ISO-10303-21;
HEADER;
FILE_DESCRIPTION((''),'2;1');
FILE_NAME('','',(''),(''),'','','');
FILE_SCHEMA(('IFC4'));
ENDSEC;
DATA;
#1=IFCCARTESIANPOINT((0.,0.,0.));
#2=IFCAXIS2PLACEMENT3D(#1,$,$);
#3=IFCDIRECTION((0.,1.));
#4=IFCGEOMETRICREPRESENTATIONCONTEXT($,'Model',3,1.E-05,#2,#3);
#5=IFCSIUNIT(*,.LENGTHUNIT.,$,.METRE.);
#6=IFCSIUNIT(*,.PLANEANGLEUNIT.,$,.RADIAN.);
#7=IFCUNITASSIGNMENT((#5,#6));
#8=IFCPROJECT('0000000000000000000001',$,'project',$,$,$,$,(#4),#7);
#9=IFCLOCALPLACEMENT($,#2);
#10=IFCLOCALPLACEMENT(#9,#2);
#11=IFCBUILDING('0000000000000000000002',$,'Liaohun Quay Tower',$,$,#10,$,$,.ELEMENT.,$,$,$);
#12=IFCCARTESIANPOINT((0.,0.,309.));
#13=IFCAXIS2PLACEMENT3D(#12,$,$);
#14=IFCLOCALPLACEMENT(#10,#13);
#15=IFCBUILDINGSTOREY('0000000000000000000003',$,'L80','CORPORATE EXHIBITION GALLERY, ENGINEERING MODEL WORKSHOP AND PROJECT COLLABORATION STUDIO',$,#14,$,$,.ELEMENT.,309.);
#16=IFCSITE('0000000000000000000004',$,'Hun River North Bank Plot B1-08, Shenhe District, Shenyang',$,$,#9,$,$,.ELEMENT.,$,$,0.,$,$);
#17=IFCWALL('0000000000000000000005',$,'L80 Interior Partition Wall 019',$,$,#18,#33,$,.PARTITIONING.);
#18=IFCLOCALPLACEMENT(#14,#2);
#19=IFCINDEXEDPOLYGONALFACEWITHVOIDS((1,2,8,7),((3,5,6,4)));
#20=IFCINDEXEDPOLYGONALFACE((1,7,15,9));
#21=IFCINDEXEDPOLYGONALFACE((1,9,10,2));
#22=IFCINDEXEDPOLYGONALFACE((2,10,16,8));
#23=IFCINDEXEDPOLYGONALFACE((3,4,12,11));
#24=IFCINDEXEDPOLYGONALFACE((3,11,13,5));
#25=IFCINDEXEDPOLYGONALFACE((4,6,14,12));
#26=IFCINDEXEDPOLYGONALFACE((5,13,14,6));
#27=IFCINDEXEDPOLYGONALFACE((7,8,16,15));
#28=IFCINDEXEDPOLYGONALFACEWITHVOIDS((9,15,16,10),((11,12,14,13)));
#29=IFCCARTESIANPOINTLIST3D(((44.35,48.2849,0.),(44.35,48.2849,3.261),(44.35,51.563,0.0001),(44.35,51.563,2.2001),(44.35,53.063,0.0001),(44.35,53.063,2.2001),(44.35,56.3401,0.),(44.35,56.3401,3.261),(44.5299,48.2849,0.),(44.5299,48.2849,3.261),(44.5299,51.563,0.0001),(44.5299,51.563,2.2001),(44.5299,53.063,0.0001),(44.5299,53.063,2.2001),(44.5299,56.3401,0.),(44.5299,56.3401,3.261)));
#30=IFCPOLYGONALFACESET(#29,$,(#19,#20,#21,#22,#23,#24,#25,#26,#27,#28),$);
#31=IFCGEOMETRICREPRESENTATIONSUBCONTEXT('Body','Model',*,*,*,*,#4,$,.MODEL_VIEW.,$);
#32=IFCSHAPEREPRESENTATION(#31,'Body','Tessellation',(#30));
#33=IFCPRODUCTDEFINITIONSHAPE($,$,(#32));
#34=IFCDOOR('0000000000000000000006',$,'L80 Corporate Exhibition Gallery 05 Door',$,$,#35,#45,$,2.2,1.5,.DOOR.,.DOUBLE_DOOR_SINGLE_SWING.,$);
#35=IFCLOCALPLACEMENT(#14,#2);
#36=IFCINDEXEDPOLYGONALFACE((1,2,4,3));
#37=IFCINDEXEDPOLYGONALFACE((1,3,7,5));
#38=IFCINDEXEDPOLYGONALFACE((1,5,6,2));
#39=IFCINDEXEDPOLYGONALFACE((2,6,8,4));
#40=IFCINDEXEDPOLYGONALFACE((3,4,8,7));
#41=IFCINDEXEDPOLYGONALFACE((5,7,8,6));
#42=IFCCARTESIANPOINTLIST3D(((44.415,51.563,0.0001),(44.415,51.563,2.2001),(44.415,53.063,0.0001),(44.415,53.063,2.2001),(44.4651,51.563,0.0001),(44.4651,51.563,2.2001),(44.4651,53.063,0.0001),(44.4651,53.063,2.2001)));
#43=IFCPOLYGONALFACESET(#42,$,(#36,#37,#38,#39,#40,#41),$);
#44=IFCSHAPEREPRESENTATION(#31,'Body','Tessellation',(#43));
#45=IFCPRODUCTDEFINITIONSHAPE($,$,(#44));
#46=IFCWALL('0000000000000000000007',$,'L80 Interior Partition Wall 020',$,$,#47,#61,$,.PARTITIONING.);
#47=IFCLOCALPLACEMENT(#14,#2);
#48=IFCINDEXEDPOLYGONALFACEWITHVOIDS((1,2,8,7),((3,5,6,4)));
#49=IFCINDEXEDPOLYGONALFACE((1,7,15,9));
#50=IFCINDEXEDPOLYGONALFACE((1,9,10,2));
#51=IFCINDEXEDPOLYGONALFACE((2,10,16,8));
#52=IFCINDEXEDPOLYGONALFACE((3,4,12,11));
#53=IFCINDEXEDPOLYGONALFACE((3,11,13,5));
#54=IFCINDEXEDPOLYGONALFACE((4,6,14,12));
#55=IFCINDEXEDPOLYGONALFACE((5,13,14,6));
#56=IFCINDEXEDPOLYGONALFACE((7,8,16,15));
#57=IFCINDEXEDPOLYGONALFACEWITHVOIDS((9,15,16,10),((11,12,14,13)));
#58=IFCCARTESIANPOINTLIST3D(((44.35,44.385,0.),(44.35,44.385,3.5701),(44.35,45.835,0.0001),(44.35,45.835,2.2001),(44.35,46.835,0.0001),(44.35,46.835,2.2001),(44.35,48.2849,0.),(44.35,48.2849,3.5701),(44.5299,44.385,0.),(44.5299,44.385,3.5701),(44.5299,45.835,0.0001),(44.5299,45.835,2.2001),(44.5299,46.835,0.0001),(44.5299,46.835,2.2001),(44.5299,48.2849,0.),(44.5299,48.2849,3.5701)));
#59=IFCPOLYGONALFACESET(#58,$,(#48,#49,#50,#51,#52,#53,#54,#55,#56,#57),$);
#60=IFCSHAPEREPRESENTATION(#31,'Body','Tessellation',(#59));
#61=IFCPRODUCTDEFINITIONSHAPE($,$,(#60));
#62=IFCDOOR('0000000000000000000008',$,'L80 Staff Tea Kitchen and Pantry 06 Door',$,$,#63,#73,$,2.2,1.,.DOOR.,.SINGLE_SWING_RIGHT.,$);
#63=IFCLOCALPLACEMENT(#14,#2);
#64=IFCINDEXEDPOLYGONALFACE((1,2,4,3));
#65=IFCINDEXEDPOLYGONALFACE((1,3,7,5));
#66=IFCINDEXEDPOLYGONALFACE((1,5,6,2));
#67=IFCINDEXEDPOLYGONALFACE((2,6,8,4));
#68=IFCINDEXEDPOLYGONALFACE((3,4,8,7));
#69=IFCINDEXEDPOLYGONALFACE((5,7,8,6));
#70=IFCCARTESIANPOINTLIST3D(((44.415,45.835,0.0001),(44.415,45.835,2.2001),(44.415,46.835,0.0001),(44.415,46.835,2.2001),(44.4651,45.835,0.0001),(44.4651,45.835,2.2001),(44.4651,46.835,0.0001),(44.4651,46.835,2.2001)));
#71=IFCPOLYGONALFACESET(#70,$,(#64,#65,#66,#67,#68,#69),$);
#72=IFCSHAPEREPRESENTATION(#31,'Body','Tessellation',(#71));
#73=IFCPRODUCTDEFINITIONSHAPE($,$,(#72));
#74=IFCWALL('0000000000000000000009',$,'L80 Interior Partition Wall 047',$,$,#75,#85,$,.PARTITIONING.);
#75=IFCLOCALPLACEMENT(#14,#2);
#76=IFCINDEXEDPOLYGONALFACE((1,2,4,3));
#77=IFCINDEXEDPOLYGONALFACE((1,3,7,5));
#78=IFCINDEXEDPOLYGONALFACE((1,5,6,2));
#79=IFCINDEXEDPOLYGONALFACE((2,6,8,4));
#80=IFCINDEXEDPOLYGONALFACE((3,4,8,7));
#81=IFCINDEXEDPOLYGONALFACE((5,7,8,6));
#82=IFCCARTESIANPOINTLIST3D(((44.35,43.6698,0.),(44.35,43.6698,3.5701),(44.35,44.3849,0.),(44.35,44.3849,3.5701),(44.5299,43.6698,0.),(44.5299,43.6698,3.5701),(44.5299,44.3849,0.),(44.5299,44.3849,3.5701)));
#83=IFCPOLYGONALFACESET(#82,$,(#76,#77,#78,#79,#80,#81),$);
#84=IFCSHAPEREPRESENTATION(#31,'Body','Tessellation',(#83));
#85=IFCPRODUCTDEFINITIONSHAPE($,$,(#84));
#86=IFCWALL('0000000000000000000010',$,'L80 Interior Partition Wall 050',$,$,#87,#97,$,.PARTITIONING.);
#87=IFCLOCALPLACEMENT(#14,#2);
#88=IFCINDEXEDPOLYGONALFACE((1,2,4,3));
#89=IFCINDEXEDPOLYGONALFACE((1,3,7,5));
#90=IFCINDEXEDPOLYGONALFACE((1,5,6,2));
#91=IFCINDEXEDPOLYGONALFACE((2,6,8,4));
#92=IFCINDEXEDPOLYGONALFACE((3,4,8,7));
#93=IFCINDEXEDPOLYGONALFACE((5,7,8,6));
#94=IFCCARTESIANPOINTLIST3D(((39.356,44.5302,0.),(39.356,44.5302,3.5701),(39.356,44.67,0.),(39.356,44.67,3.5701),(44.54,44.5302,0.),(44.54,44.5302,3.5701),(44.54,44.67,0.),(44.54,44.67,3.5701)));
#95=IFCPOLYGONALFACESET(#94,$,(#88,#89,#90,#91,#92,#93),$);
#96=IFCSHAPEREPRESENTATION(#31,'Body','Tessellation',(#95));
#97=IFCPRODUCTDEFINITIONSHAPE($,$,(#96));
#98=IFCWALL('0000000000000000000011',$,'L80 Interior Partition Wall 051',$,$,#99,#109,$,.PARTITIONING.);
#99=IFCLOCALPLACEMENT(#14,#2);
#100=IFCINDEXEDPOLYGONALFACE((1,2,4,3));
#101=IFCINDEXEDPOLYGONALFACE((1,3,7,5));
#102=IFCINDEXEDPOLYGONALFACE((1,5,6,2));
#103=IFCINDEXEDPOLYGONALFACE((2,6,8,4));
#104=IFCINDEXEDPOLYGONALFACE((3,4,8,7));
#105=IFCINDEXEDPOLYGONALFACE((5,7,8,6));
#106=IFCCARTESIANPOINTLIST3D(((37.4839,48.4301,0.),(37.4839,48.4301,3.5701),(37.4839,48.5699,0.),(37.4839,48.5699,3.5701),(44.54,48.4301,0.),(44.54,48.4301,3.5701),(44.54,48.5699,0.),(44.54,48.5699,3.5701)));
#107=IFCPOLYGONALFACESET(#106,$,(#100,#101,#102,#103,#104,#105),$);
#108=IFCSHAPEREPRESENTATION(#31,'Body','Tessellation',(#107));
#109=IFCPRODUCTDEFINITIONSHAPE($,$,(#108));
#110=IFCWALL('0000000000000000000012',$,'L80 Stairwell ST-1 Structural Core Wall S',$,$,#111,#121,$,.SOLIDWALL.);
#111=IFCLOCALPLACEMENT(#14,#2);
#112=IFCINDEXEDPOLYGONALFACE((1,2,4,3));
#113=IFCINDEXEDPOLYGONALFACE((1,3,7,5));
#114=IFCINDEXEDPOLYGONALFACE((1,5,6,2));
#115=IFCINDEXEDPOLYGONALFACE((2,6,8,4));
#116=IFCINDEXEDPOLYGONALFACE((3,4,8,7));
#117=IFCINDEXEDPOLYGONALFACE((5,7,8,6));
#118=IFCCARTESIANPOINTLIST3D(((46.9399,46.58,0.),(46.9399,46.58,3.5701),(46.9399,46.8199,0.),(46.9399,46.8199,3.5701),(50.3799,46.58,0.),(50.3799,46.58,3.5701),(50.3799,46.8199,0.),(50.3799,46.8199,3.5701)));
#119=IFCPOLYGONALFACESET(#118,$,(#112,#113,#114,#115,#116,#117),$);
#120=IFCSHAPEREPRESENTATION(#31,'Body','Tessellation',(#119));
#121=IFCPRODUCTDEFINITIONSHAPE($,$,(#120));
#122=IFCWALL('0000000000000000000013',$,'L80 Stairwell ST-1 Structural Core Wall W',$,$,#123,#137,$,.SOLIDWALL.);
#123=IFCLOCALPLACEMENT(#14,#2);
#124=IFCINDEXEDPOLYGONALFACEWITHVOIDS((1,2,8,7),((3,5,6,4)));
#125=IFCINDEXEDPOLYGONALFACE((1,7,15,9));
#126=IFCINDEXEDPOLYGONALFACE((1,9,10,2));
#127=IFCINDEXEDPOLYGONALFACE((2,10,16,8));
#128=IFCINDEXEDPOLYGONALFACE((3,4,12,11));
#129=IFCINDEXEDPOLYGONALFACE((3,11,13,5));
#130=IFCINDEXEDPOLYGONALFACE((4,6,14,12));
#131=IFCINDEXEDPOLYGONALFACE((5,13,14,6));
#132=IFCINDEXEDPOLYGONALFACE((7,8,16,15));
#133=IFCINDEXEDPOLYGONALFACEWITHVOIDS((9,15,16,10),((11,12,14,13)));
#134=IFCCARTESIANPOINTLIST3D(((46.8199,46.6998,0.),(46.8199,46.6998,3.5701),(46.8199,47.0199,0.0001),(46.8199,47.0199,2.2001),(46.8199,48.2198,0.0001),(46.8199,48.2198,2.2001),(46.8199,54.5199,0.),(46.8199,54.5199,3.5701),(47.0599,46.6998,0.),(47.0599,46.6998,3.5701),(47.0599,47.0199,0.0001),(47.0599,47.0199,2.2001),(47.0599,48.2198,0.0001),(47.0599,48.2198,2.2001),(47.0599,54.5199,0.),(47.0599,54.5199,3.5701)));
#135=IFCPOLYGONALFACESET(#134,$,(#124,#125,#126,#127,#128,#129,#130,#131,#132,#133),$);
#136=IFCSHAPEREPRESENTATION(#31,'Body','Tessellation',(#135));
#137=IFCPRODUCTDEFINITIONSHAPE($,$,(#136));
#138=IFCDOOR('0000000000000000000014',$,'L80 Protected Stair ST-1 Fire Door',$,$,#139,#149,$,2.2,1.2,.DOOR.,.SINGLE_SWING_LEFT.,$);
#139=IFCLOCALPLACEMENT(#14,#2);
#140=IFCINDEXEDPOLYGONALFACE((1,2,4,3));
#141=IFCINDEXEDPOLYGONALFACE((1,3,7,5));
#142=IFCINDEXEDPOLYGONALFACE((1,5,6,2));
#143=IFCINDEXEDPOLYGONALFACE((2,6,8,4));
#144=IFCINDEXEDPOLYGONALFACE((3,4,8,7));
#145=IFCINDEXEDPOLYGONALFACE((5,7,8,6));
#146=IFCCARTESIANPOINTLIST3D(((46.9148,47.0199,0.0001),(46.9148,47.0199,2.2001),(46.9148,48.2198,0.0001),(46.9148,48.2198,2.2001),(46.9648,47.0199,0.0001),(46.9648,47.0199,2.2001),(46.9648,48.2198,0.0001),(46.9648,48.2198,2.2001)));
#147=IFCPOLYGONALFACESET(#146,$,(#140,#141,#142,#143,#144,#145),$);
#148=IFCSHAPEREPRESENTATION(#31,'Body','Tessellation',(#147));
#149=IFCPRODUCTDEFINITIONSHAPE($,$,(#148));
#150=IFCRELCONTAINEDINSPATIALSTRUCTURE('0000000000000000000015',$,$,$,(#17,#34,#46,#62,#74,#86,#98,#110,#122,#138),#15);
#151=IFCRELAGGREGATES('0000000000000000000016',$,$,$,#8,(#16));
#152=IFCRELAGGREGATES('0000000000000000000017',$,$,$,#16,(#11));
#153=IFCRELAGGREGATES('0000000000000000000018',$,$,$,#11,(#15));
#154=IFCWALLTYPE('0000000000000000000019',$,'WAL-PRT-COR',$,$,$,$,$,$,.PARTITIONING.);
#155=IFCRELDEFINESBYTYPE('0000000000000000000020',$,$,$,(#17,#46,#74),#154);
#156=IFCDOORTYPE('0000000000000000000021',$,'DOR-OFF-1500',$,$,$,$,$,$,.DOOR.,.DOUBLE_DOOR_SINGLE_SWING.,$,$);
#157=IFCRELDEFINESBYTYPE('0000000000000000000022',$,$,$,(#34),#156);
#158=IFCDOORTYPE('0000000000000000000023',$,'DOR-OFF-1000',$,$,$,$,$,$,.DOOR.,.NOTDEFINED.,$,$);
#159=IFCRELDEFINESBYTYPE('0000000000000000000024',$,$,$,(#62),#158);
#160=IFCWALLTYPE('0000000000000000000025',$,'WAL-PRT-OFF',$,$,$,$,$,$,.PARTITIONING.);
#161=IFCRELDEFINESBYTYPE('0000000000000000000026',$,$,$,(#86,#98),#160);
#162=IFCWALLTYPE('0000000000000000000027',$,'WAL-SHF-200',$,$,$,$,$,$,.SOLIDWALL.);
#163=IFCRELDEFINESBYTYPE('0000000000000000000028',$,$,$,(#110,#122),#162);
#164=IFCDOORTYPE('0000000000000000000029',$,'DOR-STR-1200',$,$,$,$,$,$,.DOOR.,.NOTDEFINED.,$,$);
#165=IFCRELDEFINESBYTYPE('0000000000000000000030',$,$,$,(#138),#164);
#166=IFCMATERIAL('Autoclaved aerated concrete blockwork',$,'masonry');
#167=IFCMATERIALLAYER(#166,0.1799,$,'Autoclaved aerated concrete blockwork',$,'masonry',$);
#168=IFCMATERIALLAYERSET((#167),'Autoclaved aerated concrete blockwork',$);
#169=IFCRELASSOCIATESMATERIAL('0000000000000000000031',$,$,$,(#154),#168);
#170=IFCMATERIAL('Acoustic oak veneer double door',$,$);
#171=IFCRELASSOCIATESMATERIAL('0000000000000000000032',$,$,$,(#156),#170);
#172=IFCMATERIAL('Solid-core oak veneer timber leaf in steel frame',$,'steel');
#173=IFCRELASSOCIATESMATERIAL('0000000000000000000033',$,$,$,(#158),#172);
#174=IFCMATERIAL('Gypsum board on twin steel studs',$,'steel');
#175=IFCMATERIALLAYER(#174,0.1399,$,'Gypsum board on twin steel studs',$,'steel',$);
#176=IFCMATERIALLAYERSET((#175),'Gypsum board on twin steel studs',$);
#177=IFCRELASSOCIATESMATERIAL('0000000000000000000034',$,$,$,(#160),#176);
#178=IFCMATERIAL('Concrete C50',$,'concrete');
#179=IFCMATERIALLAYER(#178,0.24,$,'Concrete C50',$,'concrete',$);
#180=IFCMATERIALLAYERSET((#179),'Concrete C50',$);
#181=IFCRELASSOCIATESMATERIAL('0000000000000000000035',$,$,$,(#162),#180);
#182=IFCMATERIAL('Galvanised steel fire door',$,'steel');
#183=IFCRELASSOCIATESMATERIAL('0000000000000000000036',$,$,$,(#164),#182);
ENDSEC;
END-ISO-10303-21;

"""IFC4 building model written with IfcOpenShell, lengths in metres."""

from ifc_helpers import new_model, si_unit, direction, frame, frame_2d, origin, place, context, subcontext, project, spatial, rectangle, extrude, source, transform, mapped, material, layer, layer_set, type_object, element, fill, save


model = new_model("IFC4")

# Units and contexts
model_context = context("Model", 3, precision=1e-05, world=origin(), true_north=direction((0.0, 1.0)))
body_context = subcontext(model_context, "Body", "Model", "MODEL_VIEW")
ifc_project = project(units=[si_unit("LENGTHUNIT", "METRE"), si_unit("PLANEANGLEUNIT", "RADIAN")], contexts=[model_context])

# Site, building, storey
site_placement = place(None, origin())
site = spatial("IfcSite", under=ifc_project, at=site_placement, Name="Hun River North Bank Plot B1-08, Shenhe District, Shenyang", CompositionType="ELEMENT", RefElevation=0.0)
building_placement = place(site_placement, origin())
building = spatial("IfcBuilding", under=site, at=building_placement, Name="Liaohun Quay Tower", CompositionType="ELEMENT")
storey_placement = place(building_placement, frame((0.0, 0.0, 309.0)))
storey = spatial("IfcBuildingStorey", under=building, at=storey_placement, Name="L80", Description="CORPORATE EXHIBITION GALLERY, ENGINEERING MODEL WORKSHOP AND PROJECT COLLABORATION STUDIO", CompositionType="ELEMENT", Elevation=309.0)

# Shared definitions
ifc_material_1 = material(Name="Concrete C50", Category="concrete")

# Walls, openings, doors
ifc_material_2 = material(Name="Autoclaved aerated concrete blockwork", Category="masonry")
ifc_layer_1 = layer(ifc_material_2, 0.1799, Name="Autoclaved aerated concrete blockwork", Category="masonry")
ifc_layer_set_1 = layer_set([ifc_layer_1], Name="Autoclaved aerated concrete blockwork")
wall_type_1 = type_object("IfcWallType", Name="WAL-PRT-COR", PredefinedType="PARTITIONING", material=ifc_layer_set_1)
wall_1_placement = place(storey_placement, frame((44.4399, 48.2849, 0.0), z_axis=(0.0, 0.0, 1.0), x_axis=(0.0, 1.0, 0.0)))
wall_1 = element("IfcWall", 1, at=wall_1_placement, inside=storey, type_object=wall_type_1, Name="L80 Interior Partition Wall 019", PredefinedType="PARTITIONING", context=body_context, shape_type="SweptSolid", body=[
    extrude(rectangle(XDim=8.0552, YDim=0.1799, at=frame_2d((4.0276, 0.0))), origin(), (0.0, 0.0, 1.0), 3.261),
])
shared_shape_1 = source(origin(), body_context, "Body", "SweptSolid", [
    extrude(rectangle(XDim=1.5, YDim=2.2, at=frame_2d((0.75, 1.1001))), frame((0.0, 0.0999, 0.0), z_axis=(0.0, -1.0, 0.0), x_axis=(1.0, 0.0, 0.0)), (0.0, 0.0, 1.0), 0.2),
])
opening_1_placement = place(wall_1_placement, frame((3.2781, 0.0, 0.0)))
opening_1 = element("IfcOpeningElement", 2, at=opening_1_placement, cuts=wall_1, PredefinedType="OPENING", context=body_context, shape_type="MappedRepresentation", body=[
    mapped(shared_shape_1, transform((0.0, 0.0, 0.0), x_axis=(1.0, 0.0, 0.0), y_axis=(0.0, 1.0, 0.0), z_axis=(0.0, 0.0, 1.0), scale=1.0)),
])
ifc_material_3 = material(Name="Acoustic oak veneer double door")
door_type_1 = type_object("IfcDoorType", Name="DOR-OFF-1500", OperationType="DOUBLE_DOOR_SINGLE_SWING", PredefinedType="DOOR", material=ifc_material_3)
shared_shape_2 = source(origin(), body_context, "Body", "SweptSolid", [
    extrude(rectangle(XDim=1.5, YDim=2.2, at=frame_2d((0.75, 1.1001))), frame((0.0, 0.0249, 0.0), z_axis=(0.0, -1.0, 0.0), x_axis=(1.0, 0.0, 0.0)), (0.0, 0.0, 1.0), 0.05),
])
door_1_placement = place(opening_1_placement, origin())
door_1 = element("IfcDoor", 3, at=door_1_placement, inside=storey, type_object=door_type_1, Name="L80 Corporate Exhibition Gallery 05 Door", OperationType="DOUBLE_DOOR_SINGLE_SWING", OverallHeight=2.2, OverallWidth=1.5, PredefinedType="DOOR", context=body_context, shape_type="MappedRepresentation", body=[
    mapped(shared_shape_2, transform((0.0, 0.0, 0.0), x_axis=(1.0, 0.0, 0.0), y_axis=(0.0, 1.0, 0.0), z_axis=(0.0, 0.0, 1.0), scale=1.0)),
])
fill(opening_1, door_1)
wall_2_placement = place(storey_placement, frame((44.4399, 44.385, 0.0), z_axis=(0.0, 0.0, 1.0), x_axis=(0.0, 1.0, 0.0)))
wall_2 = element("IfcWall", 4, at=wall_2_placement, inside=storey, type_object=wall_type_1, Name="L80 Interior Partition Wall 020", PredefinedType="PARTITIONING", context=body_context, shape_type="SweptSolid", body=[
    extrude(rectangle(XDim=3.8999, YDim=0.1799, at=frame_2d((1.95, 0.0))), origin(), (0.0, 0.0, 1.0), 3.5701),
])
shared_shape_3 = source(origin(), body_context, "Body", "SweptSolid", [
    extrude(rectangle(XDim=1.0, YDim=2.2, at=frame_2d((0.5, 1.1001))), frame((0.0, 0.0999, 0.0), z_axis=(0.0, -1.0, 0.0), x_axis=(1.0, 0.0, 0.0)), (0.0, 0.0, 1.0), 0.2),
])
opening_2_placement = place(wall_2_placement, frame((1.45, 0.0, 0.0)))
opening_2 = element("IfcOpeningElement", 5, at=opening_2_placement, cuts=wall_2, PredefinedType="OPENING", context=body_context, shape_type="MappedRepresentation", body=[
    mapped(shared_shape_3, transform((0.0, 0.0, 0.0), x_axis=(1.0, 0.0, 0.0), y_axis=(0.0, 1.0, 0.0), z_axis=(0.0, 0.0, 1.0), scale=1.0)),
])
ifc_material_4 = material(Name="Solid-core oak veneer timber leaf in steel frame", Category="steel")
door_type_2 = type_object("IfcDoorType", Name="DOR-OFF-1000", OperationType="NOTDEFINED", PredefinedType="DOOR", material=ifc_material_4)
shared_shape_4 = source(origin(), body_context, "Body", "SweptSolid", [
    extrude(rectangle(XDim=1.0, YDim=2.2, at=frame_2d((0.5, 1.1001))), frame((0.0, 0.0249, 0.0), z_axis=(0.0, -1.0, 0.0), x_axis=(1.0, 0.0, 0.0)), (0.0, 0.0, 1.0), 0.05),
])
door_2_placement = place(opening_2_placement, origin())
door_2 = element("IfcDoor", 6, at=door_2_placement, inside=storey, type_object=door_type_2, Name="L80 Staff Tea Kitchen and Pantry 06 Door", OperationType="SINGLE_SWING_RIGHT", OverallHeight=2.2, OverallWidth=1.0, PredefinedType="DOOR", context=body_context, shape_type="MappedRepresentation", body=[
    mapped(shared_shape_4, transform((0.0, 0.0, 0.0), x_axis=(1.0, 0.0, 0.0), y_axis=(0.0, 1.0, 0.0), z_axis=(0.0, 0.0, 1.0), scale=1.0)),
])
fill(opening_2, door_2)

# Walls
wall_3_placement = place(storey_placement, frame((44.4399, 43.6699, 0.0), z_axis=(0.0, 0.0, 1.0), x_axis=(0.0, 1.0, 0.0)))
element("IfcWall", 7, at=wall_3_placement, inside=storey, type_object=wall_type_1, Name="L80 Interior Partition Wall 047", PredefinedType="PARTITIONING", context=body_context, shape_type="SweptSolid", body=[
    extrude(rectangle(XDim=0.7151, YDim=0.1799, at=frame_2d((0.3574, 0.0))), origin(), (0.0, 0.0, 1.0), 3.5701),
])
ifc_material_5 = material(Name="Gypsum board on twin steel studs", Category="steel")
ifc_layer_2 = layer(ifc_material_5, 0.1399, Name="Gypsum board on twin steel studs", Category="steel")
ifc_layer_set_2 = layer_set([ifc_layer_2], Name="Gypsum board on twin steel studs")
wall_type_2 = type_object("IfcWallType", Name="WAL-PRT-OFF", PredefinedType="PARTITIONING", material=ifc_layer_set_2)
wall_4_placement = place(storey_placement, frame((44.54, 44.6001, 0.0), z_axis=(0.0, 0.0, 1.0), x_axis=(-1.0, 0.0, 0.0)))
element("IfcWall", 8, at=wall_4_placement, inside=storey, type_object=wall_type_2, Name="L80 Interior Partition Wall 050", PredefinedType="PARTITIONING", context=body_context, shape_type="SweptSolid", body=[
    extrude(rectangle(XDim=5.1841, YDim=0.1399, at=frame_2d((2.592, 0.0))), origin(), (0.0, 0.0, 1.0), 3.5701),
])
wall_5_placement = place(storey_placement, frame((44.54, 48.5, 0.0), z_axis=(0.0, 0.0, 1.0), x_axis=(-1.0, 0.0, 0.0)))
element("IfcWall", 9, at=wall_5_placement, inside=storey, type_object=wall_type_2, Name="L80 Interior Partition Wall 051", PredefinedType="PARTITIONING", context=body_context, shape_type="SweptSolid", body=[
    extrude(rectangle(XDim=7.0562, YDim=0.1399, at=frame_2d((3.5281, 0.0))), origin(), (0.0, 0.0, 1.0), 3.5701),
])
ifc_layer_3 = layer(ifc_material_1, 0.24, Name="Concrete C50", Category="concrete")
ifc_layer_set_3 = layer_set([ifc_layer_3], Name="Concrete C50")
wall_type_3 = type_object("IfcWallType", Name="WAL-SHF-200", PredefinedType="SOLIDWALL", material=ifc_layer_set_3)
wall_6_placement = place(storey_placement, frame((46.9399, 46.7, 0.0), z_axis=(0.0, 0.0, 1.0), x_axis=(1.0, 0.0, 0.0)))
element("IfcWall", 10, at=wall_6_placement, inside=storey, type_object=wall_type_3, Name="L80 Stairwell ST-1 Structural Core Wall S", PredefinedType="SOLIDWALL", context=body_context, shape_type="SweptSolid", body=[
    extrude(rectangle(XDim=3.4399, YDim=0.24, at=frame_2d((1.72, 0.0))), origin(), (0.0, 0.0, 1.0), 3.5701),
])

# Wall, opening, door
wall_7_placement = place(storey_placement, frame((46.9399, 54.52, 0.0), z_axis=(0.0, 0.0, 1.0), x_axis=(0.0, -1.0, 0.0)))
wall_7 = element("IfcWall", 11, at=wall_7_placement, inside=storey, type_object=wall_type_3, Name="L80 Stairwell ST-1 Structural Core Wall W", PredefinedType="SOLIDWALL", context=body_context, shape_type="SweptSolid", body=[
    extrude(rectangle(XDim=7.8201, YDim=0.24, at=frame_2d((3.9102, 0.0))), origin(), (0.0, 0.0, 1.0), 3.5701),
])
shared_shape_5 = source(origin(), body_context, "Body", "SweptSolid", [
    extrude(rectangle(XDim=1.2, YDim=2.2, at=frame_2d((0.6001, 1.1001))), frame((0.0, 0.1299, 0.0), z_axis=(0.0, -1.0, 0.0), x_axis=(1.0, 0.0, 0.0)), (0.0, 0.0, 1.0), 0.26),
])
opening_3_placement = place(wall_7_placement, frame((6.3, 0.0, 0.0)))
opening_3 = element("IfcOpeningElement", 12, at=opening_3_placement, cuts=wall_7, PredefinedType="OPENING", context=body_context, shape_type="MappedRepresentation", body=[
    mapped(shared_shape_5, transform((0.0, 0.0, 0.0), x_axis=(1.0, 0.0, 0.0), y_axis=(0.0, 1.0, 0.0), z_axis=(0.0, 0.0, 1.0), scale=1.0)),
])
ifc_material_6 = material(Name="Galvanised steel fire door", Category="steel")
door_type_3 = type_object("IfcDoorType", Name="DOR-STR-1200", OperationType="NOTDEFINED", PredefinedType="DOOR", material=ifc_material_6)
shared_shape_6 = source(origin(), body_context, "Body", "SweptSolid", [
    extrude(rectangle(XDim=1.2, YDim=2.2, at=frame_2d((0.6001, 1.1001))), frame((0.0, 0.0249, 0.0), z_axis=(0.0, -1.0, 0.0), x_axis=(1.0, 0.0, 0.0)), (0.0, 0.0, 1.0), 0.05),
])
door_3_placement = place(opening_3_placement, origin())
door_3 = element("IfcDoor", 13, at=door_3_placement, inside=storey, type_object=door_type_3, Name="L80 Protected Stair ST-1 Fire Door", OperationType="SINGLE_SWING_LEFT", OverallHeight=2.2, OverallWidth=1.2, PredefinedType="DOOR", context=body_context, shape_type="MappedRepresentation", body=[
    mapped(shared_shape_6, transform((0.0, 0.0, 0.0), x_axis=(1.0, 0.0, 0.0), y_axis=(0.0, 1.0, 0.0), z_axis=(0.0, 0.0, 1.0), scale=1.0)),
])
fill(opening_3, door_3)

save(model, "model.ifc")
